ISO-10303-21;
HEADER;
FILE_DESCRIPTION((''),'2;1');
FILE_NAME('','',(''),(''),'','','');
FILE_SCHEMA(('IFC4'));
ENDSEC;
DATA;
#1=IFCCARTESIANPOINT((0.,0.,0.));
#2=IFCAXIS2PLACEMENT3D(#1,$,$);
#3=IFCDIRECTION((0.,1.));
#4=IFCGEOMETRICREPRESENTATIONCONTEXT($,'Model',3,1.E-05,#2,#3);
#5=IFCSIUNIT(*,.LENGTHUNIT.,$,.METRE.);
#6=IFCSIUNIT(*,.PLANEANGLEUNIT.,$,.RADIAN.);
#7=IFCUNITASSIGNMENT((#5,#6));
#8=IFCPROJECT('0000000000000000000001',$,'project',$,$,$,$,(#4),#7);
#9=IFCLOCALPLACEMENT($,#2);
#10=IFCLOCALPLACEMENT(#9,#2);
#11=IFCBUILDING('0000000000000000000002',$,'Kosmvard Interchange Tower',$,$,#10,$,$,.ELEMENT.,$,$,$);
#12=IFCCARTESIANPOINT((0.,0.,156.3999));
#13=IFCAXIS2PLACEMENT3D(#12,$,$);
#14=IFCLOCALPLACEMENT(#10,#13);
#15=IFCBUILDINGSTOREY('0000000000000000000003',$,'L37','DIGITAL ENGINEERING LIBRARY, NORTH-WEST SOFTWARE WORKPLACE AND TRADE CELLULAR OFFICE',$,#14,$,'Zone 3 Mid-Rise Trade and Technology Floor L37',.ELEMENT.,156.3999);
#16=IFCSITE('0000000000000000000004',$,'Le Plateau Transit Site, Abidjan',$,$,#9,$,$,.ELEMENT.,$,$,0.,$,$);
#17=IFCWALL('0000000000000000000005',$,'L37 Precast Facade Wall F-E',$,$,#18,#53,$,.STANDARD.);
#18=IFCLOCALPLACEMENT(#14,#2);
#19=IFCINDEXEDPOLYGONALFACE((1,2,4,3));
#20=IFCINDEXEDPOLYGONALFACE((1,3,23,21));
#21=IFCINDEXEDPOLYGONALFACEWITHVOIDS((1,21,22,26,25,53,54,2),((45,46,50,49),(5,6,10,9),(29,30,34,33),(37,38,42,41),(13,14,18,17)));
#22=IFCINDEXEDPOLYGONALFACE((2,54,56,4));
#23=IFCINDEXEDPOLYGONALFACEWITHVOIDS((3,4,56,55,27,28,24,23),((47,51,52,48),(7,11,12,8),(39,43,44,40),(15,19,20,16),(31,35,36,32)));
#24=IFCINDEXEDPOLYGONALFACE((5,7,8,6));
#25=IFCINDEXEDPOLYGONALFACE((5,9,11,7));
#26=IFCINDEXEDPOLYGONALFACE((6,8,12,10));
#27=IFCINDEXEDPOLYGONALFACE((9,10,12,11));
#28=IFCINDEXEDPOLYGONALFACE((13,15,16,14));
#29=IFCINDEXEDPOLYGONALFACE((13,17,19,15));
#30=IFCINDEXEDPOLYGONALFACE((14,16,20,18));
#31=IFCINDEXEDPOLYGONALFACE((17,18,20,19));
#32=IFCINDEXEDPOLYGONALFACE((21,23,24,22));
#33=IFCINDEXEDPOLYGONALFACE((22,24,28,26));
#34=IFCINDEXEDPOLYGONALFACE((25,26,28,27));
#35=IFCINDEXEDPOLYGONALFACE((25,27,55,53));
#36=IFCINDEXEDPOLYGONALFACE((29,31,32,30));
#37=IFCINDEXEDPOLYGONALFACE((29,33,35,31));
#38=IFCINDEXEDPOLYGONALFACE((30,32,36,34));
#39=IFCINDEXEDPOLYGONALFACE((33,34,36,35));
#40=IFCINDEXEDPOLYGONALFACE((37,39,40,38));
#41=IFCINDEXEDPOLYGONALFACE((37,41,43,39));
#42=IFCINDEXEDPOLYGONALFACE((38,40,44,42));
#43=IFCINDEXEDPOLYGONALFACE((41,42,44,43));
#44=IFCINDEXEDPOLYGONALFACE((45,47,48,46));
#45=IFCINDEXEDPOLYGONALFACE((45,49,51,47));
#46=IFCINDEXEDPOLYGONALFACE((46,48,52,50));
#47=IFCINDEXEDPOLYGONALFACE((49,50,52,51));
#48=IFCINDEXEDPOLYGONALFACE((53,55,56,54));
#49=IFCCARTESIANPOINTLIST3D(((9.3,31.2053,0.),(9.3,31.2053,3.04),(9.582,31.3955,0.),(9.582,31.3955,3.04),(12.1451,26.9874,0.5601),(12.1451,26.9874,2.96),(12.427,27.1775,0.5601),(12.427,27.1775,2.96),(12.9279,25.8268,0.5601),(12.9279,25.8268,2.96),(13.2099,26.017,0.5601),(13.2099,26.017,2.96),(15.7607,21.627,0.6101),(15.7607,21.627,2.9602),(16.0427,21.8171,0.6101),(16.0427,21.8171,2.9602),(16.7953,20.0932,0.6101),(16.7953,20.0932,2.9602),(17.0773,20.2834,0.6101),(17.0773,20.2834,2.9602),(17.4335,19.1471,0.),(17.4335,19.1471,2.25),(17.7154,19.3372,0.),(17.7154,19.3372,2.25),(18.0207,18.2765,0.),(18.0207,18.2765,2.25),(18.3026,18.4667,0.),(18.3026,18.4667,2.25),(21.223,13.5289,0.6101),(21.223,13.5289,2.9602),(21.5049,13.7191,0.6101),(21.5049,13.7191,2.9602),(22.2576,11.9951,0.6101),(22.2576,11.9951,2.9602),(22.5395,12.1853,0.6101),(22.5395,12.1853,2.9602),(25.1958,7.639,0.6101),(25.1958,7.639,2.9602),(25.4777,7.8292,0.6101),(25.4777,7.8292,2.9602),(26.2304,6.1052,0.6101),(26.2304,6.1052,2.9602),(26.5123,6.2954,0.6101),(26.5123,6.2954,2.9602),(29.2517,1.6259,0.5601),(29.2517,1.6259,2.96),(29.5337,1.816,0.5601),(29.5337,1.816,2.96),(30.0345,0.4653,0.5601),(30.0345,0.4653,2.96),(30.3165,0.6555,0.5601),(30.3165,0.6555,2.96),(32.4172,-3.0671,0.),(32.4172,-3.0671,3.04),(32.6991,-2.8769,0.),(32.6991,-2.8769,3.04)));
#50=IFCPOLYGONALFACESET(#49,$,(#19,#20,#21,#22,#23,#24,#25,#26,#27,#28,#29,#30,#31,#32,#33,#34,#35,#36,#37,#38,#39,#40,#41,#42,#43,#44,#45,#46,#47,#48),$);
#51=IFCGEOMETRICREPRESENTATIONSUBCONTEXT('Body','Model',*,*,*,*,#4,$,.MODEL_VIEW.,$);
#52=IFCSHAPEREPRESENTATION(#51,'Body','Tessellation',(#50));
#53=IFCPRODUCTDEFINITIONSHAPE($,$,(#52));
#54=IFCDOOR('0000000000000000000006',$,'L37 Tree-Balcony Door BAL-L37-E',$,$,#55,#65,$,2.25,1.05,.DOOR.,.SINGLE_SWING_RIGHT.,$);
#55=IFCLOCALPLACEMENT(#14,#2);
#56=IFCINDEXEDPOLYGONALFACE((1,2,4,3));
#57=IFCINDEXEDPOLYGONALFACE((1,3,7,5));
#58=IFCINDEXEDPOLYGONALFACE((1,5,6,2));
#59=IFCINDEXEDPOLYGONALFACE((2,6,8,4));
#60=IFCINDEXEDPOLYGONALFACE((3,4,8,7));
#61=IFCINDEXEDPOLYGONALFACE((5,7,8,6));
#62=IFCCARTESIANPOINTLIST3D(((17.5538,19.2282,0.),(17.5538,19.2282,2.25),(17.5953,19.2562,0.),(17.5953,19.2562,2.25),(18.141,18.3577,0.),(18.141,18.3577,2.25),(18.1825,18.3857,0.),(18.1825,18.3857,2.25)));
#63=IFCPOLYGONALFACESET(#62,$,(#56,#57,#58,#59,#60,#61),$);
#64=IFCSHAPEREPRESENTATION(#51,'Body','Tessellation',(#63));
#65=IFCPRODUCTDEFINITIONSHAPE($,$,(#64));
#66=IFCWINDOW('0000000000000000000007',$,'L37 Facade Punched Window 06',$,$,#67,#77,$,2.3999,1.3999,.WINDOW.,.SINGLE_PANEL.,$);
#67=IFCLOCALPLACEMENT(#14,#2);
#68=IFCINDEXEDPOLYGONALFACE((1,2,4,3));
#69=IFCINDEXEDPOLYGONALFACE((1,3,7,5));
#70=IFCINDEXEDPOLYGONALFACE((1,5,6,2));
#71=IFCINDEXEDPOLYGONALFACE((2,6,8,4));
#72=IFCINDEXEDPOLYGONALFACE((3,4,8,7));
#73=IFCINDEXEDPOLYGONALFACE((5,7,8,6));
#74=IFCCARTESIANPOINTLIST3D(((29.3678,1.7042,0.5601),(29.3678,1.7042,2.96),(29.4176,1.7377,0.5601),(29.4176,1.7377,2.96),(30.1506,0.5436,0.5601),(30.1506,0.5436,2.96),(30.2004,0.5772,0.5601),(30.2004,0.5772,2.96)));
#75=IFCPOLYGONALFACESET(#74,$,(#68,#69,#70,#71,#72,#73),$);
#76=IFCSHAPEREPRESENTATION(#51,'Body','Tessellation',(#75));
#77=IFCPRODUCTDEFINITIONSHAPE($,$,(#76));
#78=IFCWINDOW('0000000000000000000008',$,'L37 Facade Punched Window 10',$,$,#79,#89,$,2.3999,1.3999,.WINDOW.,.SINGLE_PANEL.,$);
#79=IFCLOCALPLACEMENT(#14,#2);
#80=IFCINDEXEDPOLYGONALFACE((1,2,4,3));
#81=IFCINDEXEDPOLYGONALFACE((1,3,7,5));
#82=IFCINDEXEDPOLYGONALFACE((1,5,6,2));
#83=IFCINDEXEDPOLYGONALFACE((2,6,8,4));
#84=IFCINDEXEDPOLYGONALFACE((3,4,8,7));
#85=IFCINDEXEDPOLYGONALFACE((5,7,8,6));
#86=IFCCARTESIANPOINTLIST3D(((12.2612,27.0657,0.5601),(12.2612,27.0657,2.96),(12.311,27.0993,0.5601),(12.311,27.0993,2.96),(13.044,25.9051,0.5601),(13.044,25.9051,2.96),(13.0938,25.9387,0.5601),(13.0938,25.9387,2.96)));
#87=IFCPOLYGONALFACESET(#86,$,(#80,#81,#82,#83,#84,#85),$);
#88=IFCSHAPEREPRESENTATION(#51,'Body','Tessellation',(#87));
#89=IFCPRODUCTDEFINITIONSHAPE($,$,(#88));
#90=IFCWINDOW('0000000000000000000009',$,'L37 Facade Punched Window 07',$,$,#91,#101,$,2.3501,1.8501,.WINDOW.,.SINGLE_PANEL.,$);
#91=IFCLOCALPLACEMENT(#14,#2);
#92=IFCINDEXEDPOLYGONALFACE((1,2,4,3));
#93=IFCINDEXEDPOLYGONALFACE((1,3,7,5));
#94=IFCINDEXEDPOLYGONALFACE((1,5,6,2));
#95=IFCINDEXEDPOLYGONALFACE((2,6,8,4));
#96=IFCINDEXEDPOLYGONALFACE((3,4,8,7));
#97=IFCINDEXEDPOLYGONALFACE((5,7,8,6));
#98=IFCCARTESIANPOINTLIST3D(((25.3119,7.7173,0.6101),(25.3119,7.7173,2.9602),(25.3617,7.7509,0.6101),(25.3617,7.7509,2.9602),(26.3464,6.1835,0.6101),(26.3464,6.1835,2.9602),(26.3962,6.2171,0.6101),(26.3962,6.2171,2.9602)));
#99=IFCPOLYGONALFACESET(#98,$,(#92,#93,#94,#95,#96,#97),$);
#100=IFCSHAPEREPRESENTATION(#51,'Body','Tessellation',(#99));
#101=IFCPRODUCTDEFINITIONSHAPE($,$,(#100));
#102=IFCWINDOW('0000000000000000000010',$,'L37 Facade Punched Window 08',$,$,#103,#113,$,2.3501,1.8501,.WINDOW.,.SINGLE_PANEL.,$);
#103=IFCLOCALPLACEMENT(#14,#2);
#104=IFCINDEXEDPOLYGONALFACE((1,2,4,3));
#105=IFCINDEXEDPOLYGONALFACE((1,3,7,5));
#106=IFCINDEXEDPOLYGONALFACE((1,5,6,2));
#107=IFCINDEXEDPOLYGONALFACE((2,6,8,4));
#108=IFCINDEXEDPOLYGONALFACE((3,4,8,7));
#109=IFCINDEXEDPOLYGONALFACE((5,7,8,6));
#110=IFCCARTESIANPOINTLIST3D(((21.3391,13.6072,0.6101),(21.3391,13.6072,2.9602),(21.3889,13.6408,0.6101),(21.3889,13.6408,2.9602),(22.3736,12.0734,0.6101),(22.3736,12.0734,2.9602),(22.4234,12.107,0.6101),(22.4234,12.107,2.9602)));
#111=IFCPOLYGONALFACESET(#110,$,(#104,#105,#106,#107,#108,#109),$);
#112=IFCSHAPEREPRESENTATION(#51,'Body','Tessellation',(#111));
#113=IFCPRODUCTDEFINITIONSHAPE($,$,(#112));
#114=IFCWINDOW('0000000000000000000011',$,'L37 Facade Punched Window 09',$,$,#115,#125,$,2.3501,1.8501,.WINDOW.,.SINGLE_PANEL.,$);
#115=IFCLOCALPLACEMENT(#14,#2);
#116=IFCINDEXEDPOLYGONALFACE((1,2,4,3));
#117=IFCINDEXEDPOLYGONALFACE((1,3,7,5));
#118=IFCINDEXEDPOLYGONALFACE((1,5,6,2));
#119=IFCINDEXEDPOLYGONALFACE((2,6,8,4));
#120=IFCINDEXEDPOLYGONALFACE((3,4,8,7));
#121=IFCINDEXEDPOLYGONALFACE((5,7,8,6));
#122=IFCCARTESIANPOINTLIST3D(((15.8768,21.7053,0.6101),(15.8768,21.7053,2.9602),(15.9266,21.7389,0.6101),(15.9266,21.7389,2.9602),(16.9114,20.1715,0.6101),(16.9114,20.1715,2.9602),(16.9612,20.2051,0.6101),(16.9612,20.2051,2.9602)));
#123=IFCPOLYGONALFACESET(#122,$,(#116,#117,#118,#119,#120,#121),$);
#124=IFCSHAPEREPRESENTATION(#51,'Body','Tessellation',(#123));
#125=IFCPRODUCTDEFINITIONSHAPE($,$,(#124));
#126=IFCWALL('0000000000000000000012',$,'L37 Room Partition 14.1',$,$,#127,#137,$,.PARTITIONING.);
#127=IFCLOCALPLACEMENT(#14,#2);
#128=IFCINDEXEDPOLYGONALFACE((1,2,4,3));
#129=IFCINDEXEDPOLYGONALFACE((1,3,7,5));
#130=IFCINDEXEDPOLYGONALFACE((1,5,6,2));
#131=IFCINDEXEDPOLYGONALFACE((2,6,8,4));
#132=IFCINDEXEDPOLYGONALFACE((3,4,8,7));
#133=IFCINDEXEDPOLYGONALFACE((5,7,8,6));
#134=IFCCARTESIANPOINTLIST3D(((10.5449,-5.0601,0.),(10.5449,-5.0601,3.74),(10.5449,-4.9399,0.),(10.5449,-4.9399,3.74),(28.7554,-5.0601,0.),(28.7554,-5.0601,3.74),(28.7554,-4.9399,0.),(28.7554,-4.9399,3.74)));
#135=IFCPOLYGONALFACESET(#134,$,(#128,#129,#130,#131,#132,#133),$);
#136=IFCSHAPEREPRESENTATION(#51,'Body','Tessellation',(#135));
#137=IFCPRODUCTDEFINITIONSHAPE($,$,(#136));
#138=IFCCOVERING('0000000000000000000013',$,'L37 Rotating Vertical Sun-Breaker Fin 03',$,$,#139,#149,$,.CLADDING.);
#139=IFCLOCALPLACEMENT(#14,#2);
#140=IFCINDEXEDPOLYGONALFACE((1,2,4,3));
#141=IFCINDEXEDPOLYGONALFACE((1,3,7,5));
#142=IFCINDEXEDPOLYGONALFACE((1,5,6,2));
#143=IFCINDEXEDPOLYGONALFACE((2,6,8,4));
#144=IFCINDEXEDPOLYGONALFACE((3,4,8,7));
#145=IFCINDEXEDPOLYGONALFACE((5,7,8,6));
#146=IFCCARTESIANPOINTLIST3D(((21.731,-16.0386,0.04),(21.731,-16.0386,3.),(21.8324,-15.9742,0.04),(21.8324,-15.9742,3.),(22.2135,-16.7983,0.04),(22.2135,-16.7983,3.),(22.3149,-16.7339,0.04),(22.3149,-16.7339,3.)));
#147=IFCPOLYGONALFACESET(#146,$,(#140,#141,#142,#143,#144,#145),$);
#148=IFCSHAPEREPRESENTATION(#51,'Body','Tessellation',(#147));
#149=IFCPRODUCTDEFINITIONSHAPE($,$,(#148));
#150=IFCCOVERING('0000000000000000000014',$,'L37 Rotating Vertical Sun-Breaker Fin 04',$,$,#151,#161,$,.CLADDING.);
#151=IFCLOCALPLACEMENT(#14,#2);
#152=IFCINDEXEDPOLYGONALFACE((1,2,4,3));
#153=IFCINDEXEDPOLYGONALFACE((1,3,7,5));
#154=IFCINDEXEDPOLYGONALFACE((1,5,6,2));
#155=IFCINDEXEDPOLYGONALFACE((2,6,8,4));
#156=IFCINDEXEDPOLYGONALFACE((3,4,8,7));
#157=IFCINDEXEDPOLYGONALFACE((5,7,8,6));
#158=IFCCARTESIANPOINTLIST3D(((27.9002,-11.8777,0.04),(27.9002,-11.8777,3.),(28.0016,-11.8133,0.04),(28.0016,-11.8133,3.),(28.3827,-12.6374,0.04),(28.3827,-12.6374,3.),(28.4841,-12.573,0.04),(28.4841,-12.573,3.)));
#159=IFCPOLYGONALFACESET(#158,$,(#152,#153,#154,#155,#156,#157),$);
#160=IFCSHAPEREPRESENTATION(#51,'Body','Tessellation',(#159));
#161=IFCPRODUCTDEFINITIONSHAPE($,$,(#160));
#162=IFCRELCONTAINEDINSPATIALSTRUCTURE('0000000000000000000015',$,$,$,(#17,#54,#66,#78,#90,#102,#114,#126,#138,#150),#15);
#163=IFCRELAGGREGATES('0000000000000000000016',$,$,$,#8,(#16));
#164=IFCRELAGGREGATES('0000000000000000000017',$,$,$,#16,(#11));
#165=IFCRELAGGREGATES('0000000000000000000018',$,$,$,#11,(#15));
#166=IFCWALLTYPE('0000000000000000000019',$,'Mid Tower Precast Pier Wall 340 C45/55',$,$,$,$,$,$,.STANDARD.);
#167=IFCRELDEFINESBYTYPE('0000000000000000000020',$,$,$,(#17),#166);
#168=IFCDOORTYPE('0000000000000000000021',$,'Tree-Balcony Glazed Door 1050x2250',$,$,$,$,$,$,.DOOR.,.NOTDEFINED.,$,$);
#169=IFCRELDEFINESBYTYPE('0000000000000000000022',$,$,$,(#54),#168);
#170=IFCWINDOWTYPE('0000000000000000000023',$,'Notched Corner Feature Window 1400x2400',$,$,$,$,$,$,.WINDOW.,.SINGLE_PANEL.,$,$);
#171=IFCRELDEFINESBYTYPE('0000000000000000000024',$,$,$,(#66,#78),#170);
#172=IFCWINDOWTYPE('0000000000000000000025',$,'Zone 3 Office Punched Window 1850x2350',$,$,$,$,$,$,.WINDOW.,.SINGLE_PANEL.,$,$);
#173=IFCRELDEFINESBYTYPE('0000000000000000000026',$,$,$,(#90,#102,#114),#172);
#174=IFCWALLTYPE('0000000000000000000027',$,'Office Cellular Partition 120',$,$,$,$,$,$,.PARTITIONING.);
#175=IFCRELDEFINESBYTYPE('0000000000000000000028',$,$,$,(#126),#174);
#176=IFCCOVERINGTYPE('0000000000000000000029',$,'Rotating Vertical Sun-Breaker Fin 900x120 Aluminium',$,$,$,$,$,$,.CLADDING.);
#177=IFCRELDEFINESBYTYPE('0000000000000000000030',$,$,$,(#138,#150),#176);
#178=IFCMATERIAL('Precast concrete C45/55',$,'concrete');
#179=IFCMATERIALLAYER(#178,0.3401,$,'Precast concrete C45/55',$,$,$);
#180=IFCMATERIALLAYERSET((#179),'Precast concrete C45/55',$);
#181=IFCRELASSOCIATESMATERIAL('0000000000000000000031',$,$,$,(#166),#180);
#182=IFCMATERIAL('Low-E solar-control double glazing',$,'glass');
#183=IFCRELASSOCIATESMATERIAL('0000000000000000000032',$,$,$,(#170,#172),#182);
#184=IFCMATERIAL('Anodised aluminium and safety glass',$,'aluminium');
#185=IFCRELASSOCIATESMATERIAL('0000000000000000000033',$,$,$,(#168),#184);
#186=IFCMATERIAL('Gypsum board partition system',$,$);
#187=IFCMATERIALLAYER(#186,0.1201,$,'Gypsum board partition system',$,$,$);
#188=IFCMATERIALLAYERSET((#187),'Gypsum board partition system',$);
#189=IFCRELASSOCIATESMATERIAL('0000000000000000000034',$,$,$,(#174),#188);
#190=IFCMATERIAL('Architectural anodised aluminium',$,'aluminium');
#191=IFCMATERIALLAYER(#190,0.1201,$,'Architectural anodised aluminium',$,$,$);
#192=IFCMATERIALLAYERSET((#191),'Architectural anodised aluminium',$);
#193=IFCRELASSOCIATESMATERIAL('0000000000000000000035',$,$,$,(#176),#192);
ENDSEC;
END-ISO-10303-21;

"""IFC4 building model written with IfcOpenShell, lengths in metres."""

from ifc_helpers import new_model, si_unit, direction, frame, frame_2d, origin, origin_2d, place, context, subcontext, project, spatial, rectangle, extrude, source, transform, mapped, material, layer, layer_set, type_object, element, fill, save


model = new_model("IFC4")

# Units and contexts
model_context = context("Model", 3, precision=1e-05, world=origin(), true_north=direction((0.0, 1.0)))
body_context = subcontext(model_context, "Body", "Model", "MODEL_VIEW")
ifc_project = project(units=[si_unit("LENGTHUNIT", "METRE"), si_unit("PLANEANGLEUNIT", "RADIAN")], contexts=[model_context])

# Site, building, storey
site_placement = place(None, origin())
site = spatial("IfcSite", under=ifc_project, at=site_placement, Name="Le Plateau Transit Site, Abidjan", CompositionType="ELEMENT", RefElevation=0.0)
building_placement = place(site_placement, origin())
building = spatial("IfcBuilding", under=site, at=building_placement, Name="Kosmvard Interchange Tower", CompositionType="ELEMENT")
storey_placement = place(building_placement, frame((0.0, 0.0, 156.3999)))
storey = spatial("IfcBuildingStorey", under=building, at=storey_placement, Name="L37", Description="DIGITAL ENGINEERING LIBRARY, NORTH-WEST SOFTWARE WORKPLACE AND TRADE CELLULAR OFFICE", LongName="Zone 3 Mid-Rise Trade and Technology Floor L37", CompositionType="ELEMENT", Elevation=156.3999)

# Shared definitions
ifc_material_1 = material(Name="Precast concrete C45/55", Category="concrete")

# Shared definitions
ifc_layer_1 = layer(ifc_material_1, 0.3401, Name="Precast concrete C45/55")
ifc_layer_set_1 = layer_set([ifc_layer_1], Name="Precast concrete C45/55")
wall_type_1 = type_object("IfcWallType", Name="Mid Tower Precast Pier Wall 340 C45/55", PredefinedType="STANDARD", material=ifc_layer_set_1)

# Shared definitions
ifc_material_2 = material(Name="Low-E solar-control double glazing", Category="glass")
window_type_1 = type_object("IfcWindowType", Name="Notched Corner Feature Window 1400x2400", PartitioningType="SINGLE_PANEL", PredefinedType="WINDOW", material=ifc_material_2)
shared_shape_1 = source(origin(), body_context, "Body", "SweptSolid", [
    extrude(rectangle(XDim=1.3999, YDim=2.3999, at=frame_2d((0.7, 1.2))), frame((0.0, 0.03, 0.0), z_axis=(0.0, -1.0, 0.0), x_axis=(1.0, 0.0, 0.0)), (0.0, 0.0, 1.0), 0.0601),
])

# Wall, openings, door, windows
wall_1_placement = place(storey_placement, frame((32.5581, -2.9719, 0.0), z_axis=(0.0, 0.0, 1.0), x_axis=(-0.559195, 0.829036, 0.0)))
wall_1 = element("IfcWall", 1, at=wall_1_placement, inside=storey, type_object=wall_type_1, Name="L37 Precast Facade Wall F-E", PredefinedType="STANDARD", context=body_context, shape_type="SweptSolid", body=[
    extrude(rectangle(XDim=41.3401, YDim=0.3401, at=frame_2d((20.6699, 0.0))), origin(), (0.0, 0.0, 1.0), 3.04),
])
opening_1_placement = place(wall_1_placement, frame((25.7451, 0.0, 0.0)))
opening_1 = element("IfcOpeningElement", 2, at=opening_1_placement, cuts=wall_1, PredefinedType="OPENING", context=body_context, shape_type="SweptSolid", body=[
    extrude(rectangle(XDim=1.05, YDim=2.25, at=frame_2d((0.5249, 1.125))), frame((0.0, 0.1802, 0.0), z_axis=(0.0, -1.0, 0.0), x_axis=(1.0, 0.0, 0.0)), (0.0, 0.0, 1.0), 0.3601),
])
opening_2_placement = place(wall_1_placement, frame((4.2607, 0.0, 0.5601)))
opening_2 = element("IfcOpeningElement", 3, at=opening_2_placement, cuts=wall_1, PredefinedType="OPENING", context=body_context, shape_type="SweptSolid", body=[
    extrude(rectangle(XDim=1.3999, YDim=2.3999, at=frame_2d((0.7, 1.2))), frame((0.0, 0.1802, 0.0), z_axis=(0.0, -1.0, 0.0), x_axis=(1.0, 0.0, 0.0)), (0.0, 0.0, 1.0), 0.3601),
])
opening_3_placement = place(wall_1_placement, frame((11.0637, 0.0, 0.6101)))
opening_3 = element("IfcOpeningElement", 4, at=opening_3_placement, cuts=wall_1, PredefinedType="OPENING", context=body_context, shape_type="SweptSolid", body=[
    extrude(rectangle(XDim=1.8501, YDim=2.3501, at=frame_2d((0.925, 1.175))), frame((0.0, 0.1802, 0.0), z_axis=(0.0, -1.0, 0.0), x_axis=(1.0, 0.0, 0.0)), (0.0, 0.0, 1.0), 0.3601),
])
opening_4_placement = place(wall_1_placement, frame((18.1682, 0.0, 0.6101)))
opening_4 = element("IfcOpeningElement", 5, at=opening_4_placement, cuts=wall_1, PredefinedType="OPENING", context=body_context, shape_type="SweptSolid", body=[
    extrude(rectangle(XDim=1.8501, YDim=2.3501, at=frame_2d((0.925, 1.175))), frame((0.0, 0.1802, 0.0), z_axis=(0.0, -1.0, 0.0), x_axis=(1.0, 0.0, 0.0)), (0.0, 0.0, 1.0), 0.3601),
])
opening_5_placement = place(wall_1_placement, frame((27.9363, 0.0, 0.6101)))
opening_5 = element("IfcOpeningElement", 6, at=opening_5_placement, cuts=wall_1, PredefinedType="OPENING", context=body_context, shape_type="SweptSolid", body=[
    extrude(rectangle(XDim=1.8501, YDim=2.3501, at=frame_2d((0.925, 1.175))), frame((0.0, 0.1802, 0.0), z_axis=(0.0, -1.0, 0.0), x_axis=(1.0, 0.0, 0.0)), (0.0, 0.0, 1.0), 0.3601),
])
opening_6_placement = place(wall_1_placement, frame((34.8523, 0.0, 0.5601)))
opening_6 = element("IfcOpeningElement", 7, at=opening_6_placement, cuts=wall_1, PredefinedType="OPENING", context=body_context, shape_type="SweptSolid", body=[
    extrude(rectangle(XDim=1.3999, YDim=2.3999, at=frame_2d((0.7, 1.2))), frame((0.0, 0.1802, 0.0), z_axis=(0.0, -1.0, 0.0), x_axis=(1.0, 0.0, 0.0)), (0.0, 0.0, 1.0), 0.3601),
])
ifc_material_3 = material(Name="Anodised aluminium and safety glass", Category="aluminium")
door_type = type_object("IfcDoorType", Name="Tree-Balcony Glazed Door 1050x2250", OperationType="NOTDEFINED", PredefinedType="DOOR", material=ifc_material_3)
shared_shape_2 = source(origin(), body_context, "Body", "SweptSolid", [
    extrude(rectangle(XDim=1.05, YDim=2.25, at=frame_2d((0.5249, 1.125))), frame((0.0, 0.0249, 0.0), z_axis=(0.0, -1.0, 0.0), x_axis=(1.0, 0.0, 0.0)), (0.0, 0.0, 1.0), 0.05),
])
door_placement = place(opening_1_placement, origin())
door = element("IfcDoor", 8, at=door_placement, inside=storey, type_object=door_type, Name="L37 Tree-Balcony Door BAL-L37-E", OperationType="SINGLE_SWING_RIGHT", OverallHeight=2.25, OverallWidth=1.05, PredefinedType="DOOR", context=body_context, shape_type="MappedRepresentation", body=[
    mapped(shared_shape_2, transform((0.0, 0.0, 0.0), scale=1.0)),
])
fill(opening_1, door)
window_1_placement = place(opening_2_placement, origin())
window_1 = element("IfcWindow", 9, at=window_1_placement, inside=storey, type_object=window_type_1, Name="L37 Facade Punched Window 06", OverallHeight=2.3999, OverallWidth=1.3999, PartitioningType="SINGLE_PANEL", PredefinedType="WINDOW", context=body_context, shape_type="MappedRepresentation", body=[
    mapped(shared_shape_1, transform((0.0, 0.0, 0.0), scale=1.0)),
])
fill(opening_2, window_1)
window_2_placement = place(opening_6_placement, origin())
window_2 = element("IfcWindow", 10, at=window_2_placement, inside=storey, type_object=window_type_1, Name="L37 Facade Punched Window 10", OverallHeight=2.3999, OverallWidth=1.3999, PartitioningType="SINGLE_PANEL", PredefinedType="WINDOW", context=body_context, shape_type="MappedRepresentation", body=[
    mapped(shared_shape_1, transform((0.0, 0.0, 0.0), scale=1.0)),
])
fill(opening_6, window_2)
window_type_2 = type_object("IfcWindowType", Name="Zone 3 Office Punched Window 1850x2350", PartitioningType="SINGLE_PANEL", PredefinedType="WINDOW", material=ifc_material_2)
shared_shape_3 = source(origin(), body_context, "Body", "SweptSolid", [
    extrude(rectangle(XDim=1.8501, YDim=2.3501, at=frame_2d((0.925, 1.175))), frame((0.0, 0.03, 0.0), z_axis=(0.0, -1.0, 0.0), x_axis=(1.0, 0.0, 0.0)), (0.0, 0.0, 1.0), 0.0601),
])
window_3_placement = place(opening_3_placement, origin())
window_3 = element("IfcWindow", 11, at=window_3_placement, inside=storey, type_object=window_type_2, Name="L37 Facade Punched Window 07", OverallHeight=2.3501, OverallWidth=1.8501, PartitioningType="SINGLE_PANEL", PredefinedType="WINDOW", context=body_context, shape_type="MappedRepresentation", body=[
    mapped(shared_shape_3, transform((0.0, 0.0, 0.0), scale=1.0)),
])
fill(opening_3, window_3)
window_4_placement = place(opening_4_placement, origin())
window_4 = element("IfcWindow", 12, at=window_4_placement, inside=storey, type_object=window_type_2, Name="L37 Facade Punched Window 08", OverallHeight=2.3501, OverallWidth=1.8501, PartitioningType="SINGLE_PANEL", PredefinedType="WINDOW", context=body_context, shape_type="MappedRepresentation", body=[
    mapped(shared_shape_3, transform((0.0, 0.0, 0.0), scale=1.0)),
])
fill(opening_4, window_4)
window_5_placement = place(opening_5_placement, origin())
window_5 = element("IfcWindow", 13, at=window_5_placement, inside=storey, type_object=window_type_2, Name="L37 Facade Punched Window 09", OverallHeight=2.3501, OverallWidth=1.8501, PartitioningType="SINGLE_PANEL", PredefinedType="WINDOW", context=body_context, shape_type="MappedRepresentation", body=[
    mapped(shared_shape_3, transform((0.0, 0.0, 0.0), scale=1.0)),
])
fill(opening_5, window_5)

# Wall
ifc_material_4 = material(Name="Gypsum board partition system")
ifc_layer_2 = layer(ifc_material_4, 0.1201, Name="Gypsum board partition system")
ifc_layer_set_2 = layer_set([ifc_layer_2], Name="Gypsum board partition system")
wall_type_2 = type_object("IfcWallType", Name="Office Cellular Partition 120", PredefinedType="PARTITIONING", material=ifc_layer_set_2)
wall_2_placement = place(storey_placement, frame((10.5449, -5.0, 0.0), z_axis=(0.0, 0.0, 1.0), x_axis=(1.0, 0.0, 0.0)))
element("IfcWall", 14, at=wall_2_placement, inside=storey, type_object=wall_type_2, Name="L37 Room Partition 14.1", PredefinedType="PARTITIONING", context=body_context, shape_type="SweptSolid", body=[
    extrude(rectangle(XDim=18.2104, YDim=0.1201, at=frame_2d((9.1052, 0.0))), origin(), (0.0, 0.0, 1.0), 3.74),
])

# Coverings
ifc_material_5 = material(Name="Architectural anodised aluminium", Category="aluminium")
ifc_layer_3 = layer(ifc_material_5, 0.1201, Name="Architectural anodised aluminium")
ifc_layer_set_3 = layer_set([ifc_layer_3], Name="Architectural anodised aluminium")
covering_type = type_object("IfcCoveringType", Name="Rotating Vertical Sun-Breaker Fin 900x120 Aluminium", PredefinedType="CLADDING", material=ifc_layer_set_3)
shared_shape_4 = source(origin(), body_context, "Body", "SweptSolid", [
    extrude(rectangle(XDim=0.8999, YDim=0.1201, at=origin_2d()), origin(), (0.0, 0.0, 1.0), 2.96),
])
for number, where, z_axis, x_axis, name in (
    (15, (22.0229, -16.3862, 0.04), (0.0, 0.0, 1.0), (0.536121, -0.844141, 0.0), "L37 Rotating Vertical Sun-Breaker Fin 03"),
    (16, (28.1921, -12.2253, 0.04), (0.0, 0.0, 1.0), (0.536121, -0.844141, 0.0), "L37 Rotating Vertical Sun-Breaker Fin 04"),
):
    element("IfcCovering", number, at=place(storey_placement, frame(where, z_axis=z_axis, x_axis=x_axis)), inside=storey, type_object=covering_type, Name=name, PredefinedType="CLADDING", context=body_context, shape_type="MappedRepresentation", body=[
        mapped(shared_shape_4, transform((0.0, 0.0, 0.0), scale=1.0)),
    ])

save(model, "model.ifc")
